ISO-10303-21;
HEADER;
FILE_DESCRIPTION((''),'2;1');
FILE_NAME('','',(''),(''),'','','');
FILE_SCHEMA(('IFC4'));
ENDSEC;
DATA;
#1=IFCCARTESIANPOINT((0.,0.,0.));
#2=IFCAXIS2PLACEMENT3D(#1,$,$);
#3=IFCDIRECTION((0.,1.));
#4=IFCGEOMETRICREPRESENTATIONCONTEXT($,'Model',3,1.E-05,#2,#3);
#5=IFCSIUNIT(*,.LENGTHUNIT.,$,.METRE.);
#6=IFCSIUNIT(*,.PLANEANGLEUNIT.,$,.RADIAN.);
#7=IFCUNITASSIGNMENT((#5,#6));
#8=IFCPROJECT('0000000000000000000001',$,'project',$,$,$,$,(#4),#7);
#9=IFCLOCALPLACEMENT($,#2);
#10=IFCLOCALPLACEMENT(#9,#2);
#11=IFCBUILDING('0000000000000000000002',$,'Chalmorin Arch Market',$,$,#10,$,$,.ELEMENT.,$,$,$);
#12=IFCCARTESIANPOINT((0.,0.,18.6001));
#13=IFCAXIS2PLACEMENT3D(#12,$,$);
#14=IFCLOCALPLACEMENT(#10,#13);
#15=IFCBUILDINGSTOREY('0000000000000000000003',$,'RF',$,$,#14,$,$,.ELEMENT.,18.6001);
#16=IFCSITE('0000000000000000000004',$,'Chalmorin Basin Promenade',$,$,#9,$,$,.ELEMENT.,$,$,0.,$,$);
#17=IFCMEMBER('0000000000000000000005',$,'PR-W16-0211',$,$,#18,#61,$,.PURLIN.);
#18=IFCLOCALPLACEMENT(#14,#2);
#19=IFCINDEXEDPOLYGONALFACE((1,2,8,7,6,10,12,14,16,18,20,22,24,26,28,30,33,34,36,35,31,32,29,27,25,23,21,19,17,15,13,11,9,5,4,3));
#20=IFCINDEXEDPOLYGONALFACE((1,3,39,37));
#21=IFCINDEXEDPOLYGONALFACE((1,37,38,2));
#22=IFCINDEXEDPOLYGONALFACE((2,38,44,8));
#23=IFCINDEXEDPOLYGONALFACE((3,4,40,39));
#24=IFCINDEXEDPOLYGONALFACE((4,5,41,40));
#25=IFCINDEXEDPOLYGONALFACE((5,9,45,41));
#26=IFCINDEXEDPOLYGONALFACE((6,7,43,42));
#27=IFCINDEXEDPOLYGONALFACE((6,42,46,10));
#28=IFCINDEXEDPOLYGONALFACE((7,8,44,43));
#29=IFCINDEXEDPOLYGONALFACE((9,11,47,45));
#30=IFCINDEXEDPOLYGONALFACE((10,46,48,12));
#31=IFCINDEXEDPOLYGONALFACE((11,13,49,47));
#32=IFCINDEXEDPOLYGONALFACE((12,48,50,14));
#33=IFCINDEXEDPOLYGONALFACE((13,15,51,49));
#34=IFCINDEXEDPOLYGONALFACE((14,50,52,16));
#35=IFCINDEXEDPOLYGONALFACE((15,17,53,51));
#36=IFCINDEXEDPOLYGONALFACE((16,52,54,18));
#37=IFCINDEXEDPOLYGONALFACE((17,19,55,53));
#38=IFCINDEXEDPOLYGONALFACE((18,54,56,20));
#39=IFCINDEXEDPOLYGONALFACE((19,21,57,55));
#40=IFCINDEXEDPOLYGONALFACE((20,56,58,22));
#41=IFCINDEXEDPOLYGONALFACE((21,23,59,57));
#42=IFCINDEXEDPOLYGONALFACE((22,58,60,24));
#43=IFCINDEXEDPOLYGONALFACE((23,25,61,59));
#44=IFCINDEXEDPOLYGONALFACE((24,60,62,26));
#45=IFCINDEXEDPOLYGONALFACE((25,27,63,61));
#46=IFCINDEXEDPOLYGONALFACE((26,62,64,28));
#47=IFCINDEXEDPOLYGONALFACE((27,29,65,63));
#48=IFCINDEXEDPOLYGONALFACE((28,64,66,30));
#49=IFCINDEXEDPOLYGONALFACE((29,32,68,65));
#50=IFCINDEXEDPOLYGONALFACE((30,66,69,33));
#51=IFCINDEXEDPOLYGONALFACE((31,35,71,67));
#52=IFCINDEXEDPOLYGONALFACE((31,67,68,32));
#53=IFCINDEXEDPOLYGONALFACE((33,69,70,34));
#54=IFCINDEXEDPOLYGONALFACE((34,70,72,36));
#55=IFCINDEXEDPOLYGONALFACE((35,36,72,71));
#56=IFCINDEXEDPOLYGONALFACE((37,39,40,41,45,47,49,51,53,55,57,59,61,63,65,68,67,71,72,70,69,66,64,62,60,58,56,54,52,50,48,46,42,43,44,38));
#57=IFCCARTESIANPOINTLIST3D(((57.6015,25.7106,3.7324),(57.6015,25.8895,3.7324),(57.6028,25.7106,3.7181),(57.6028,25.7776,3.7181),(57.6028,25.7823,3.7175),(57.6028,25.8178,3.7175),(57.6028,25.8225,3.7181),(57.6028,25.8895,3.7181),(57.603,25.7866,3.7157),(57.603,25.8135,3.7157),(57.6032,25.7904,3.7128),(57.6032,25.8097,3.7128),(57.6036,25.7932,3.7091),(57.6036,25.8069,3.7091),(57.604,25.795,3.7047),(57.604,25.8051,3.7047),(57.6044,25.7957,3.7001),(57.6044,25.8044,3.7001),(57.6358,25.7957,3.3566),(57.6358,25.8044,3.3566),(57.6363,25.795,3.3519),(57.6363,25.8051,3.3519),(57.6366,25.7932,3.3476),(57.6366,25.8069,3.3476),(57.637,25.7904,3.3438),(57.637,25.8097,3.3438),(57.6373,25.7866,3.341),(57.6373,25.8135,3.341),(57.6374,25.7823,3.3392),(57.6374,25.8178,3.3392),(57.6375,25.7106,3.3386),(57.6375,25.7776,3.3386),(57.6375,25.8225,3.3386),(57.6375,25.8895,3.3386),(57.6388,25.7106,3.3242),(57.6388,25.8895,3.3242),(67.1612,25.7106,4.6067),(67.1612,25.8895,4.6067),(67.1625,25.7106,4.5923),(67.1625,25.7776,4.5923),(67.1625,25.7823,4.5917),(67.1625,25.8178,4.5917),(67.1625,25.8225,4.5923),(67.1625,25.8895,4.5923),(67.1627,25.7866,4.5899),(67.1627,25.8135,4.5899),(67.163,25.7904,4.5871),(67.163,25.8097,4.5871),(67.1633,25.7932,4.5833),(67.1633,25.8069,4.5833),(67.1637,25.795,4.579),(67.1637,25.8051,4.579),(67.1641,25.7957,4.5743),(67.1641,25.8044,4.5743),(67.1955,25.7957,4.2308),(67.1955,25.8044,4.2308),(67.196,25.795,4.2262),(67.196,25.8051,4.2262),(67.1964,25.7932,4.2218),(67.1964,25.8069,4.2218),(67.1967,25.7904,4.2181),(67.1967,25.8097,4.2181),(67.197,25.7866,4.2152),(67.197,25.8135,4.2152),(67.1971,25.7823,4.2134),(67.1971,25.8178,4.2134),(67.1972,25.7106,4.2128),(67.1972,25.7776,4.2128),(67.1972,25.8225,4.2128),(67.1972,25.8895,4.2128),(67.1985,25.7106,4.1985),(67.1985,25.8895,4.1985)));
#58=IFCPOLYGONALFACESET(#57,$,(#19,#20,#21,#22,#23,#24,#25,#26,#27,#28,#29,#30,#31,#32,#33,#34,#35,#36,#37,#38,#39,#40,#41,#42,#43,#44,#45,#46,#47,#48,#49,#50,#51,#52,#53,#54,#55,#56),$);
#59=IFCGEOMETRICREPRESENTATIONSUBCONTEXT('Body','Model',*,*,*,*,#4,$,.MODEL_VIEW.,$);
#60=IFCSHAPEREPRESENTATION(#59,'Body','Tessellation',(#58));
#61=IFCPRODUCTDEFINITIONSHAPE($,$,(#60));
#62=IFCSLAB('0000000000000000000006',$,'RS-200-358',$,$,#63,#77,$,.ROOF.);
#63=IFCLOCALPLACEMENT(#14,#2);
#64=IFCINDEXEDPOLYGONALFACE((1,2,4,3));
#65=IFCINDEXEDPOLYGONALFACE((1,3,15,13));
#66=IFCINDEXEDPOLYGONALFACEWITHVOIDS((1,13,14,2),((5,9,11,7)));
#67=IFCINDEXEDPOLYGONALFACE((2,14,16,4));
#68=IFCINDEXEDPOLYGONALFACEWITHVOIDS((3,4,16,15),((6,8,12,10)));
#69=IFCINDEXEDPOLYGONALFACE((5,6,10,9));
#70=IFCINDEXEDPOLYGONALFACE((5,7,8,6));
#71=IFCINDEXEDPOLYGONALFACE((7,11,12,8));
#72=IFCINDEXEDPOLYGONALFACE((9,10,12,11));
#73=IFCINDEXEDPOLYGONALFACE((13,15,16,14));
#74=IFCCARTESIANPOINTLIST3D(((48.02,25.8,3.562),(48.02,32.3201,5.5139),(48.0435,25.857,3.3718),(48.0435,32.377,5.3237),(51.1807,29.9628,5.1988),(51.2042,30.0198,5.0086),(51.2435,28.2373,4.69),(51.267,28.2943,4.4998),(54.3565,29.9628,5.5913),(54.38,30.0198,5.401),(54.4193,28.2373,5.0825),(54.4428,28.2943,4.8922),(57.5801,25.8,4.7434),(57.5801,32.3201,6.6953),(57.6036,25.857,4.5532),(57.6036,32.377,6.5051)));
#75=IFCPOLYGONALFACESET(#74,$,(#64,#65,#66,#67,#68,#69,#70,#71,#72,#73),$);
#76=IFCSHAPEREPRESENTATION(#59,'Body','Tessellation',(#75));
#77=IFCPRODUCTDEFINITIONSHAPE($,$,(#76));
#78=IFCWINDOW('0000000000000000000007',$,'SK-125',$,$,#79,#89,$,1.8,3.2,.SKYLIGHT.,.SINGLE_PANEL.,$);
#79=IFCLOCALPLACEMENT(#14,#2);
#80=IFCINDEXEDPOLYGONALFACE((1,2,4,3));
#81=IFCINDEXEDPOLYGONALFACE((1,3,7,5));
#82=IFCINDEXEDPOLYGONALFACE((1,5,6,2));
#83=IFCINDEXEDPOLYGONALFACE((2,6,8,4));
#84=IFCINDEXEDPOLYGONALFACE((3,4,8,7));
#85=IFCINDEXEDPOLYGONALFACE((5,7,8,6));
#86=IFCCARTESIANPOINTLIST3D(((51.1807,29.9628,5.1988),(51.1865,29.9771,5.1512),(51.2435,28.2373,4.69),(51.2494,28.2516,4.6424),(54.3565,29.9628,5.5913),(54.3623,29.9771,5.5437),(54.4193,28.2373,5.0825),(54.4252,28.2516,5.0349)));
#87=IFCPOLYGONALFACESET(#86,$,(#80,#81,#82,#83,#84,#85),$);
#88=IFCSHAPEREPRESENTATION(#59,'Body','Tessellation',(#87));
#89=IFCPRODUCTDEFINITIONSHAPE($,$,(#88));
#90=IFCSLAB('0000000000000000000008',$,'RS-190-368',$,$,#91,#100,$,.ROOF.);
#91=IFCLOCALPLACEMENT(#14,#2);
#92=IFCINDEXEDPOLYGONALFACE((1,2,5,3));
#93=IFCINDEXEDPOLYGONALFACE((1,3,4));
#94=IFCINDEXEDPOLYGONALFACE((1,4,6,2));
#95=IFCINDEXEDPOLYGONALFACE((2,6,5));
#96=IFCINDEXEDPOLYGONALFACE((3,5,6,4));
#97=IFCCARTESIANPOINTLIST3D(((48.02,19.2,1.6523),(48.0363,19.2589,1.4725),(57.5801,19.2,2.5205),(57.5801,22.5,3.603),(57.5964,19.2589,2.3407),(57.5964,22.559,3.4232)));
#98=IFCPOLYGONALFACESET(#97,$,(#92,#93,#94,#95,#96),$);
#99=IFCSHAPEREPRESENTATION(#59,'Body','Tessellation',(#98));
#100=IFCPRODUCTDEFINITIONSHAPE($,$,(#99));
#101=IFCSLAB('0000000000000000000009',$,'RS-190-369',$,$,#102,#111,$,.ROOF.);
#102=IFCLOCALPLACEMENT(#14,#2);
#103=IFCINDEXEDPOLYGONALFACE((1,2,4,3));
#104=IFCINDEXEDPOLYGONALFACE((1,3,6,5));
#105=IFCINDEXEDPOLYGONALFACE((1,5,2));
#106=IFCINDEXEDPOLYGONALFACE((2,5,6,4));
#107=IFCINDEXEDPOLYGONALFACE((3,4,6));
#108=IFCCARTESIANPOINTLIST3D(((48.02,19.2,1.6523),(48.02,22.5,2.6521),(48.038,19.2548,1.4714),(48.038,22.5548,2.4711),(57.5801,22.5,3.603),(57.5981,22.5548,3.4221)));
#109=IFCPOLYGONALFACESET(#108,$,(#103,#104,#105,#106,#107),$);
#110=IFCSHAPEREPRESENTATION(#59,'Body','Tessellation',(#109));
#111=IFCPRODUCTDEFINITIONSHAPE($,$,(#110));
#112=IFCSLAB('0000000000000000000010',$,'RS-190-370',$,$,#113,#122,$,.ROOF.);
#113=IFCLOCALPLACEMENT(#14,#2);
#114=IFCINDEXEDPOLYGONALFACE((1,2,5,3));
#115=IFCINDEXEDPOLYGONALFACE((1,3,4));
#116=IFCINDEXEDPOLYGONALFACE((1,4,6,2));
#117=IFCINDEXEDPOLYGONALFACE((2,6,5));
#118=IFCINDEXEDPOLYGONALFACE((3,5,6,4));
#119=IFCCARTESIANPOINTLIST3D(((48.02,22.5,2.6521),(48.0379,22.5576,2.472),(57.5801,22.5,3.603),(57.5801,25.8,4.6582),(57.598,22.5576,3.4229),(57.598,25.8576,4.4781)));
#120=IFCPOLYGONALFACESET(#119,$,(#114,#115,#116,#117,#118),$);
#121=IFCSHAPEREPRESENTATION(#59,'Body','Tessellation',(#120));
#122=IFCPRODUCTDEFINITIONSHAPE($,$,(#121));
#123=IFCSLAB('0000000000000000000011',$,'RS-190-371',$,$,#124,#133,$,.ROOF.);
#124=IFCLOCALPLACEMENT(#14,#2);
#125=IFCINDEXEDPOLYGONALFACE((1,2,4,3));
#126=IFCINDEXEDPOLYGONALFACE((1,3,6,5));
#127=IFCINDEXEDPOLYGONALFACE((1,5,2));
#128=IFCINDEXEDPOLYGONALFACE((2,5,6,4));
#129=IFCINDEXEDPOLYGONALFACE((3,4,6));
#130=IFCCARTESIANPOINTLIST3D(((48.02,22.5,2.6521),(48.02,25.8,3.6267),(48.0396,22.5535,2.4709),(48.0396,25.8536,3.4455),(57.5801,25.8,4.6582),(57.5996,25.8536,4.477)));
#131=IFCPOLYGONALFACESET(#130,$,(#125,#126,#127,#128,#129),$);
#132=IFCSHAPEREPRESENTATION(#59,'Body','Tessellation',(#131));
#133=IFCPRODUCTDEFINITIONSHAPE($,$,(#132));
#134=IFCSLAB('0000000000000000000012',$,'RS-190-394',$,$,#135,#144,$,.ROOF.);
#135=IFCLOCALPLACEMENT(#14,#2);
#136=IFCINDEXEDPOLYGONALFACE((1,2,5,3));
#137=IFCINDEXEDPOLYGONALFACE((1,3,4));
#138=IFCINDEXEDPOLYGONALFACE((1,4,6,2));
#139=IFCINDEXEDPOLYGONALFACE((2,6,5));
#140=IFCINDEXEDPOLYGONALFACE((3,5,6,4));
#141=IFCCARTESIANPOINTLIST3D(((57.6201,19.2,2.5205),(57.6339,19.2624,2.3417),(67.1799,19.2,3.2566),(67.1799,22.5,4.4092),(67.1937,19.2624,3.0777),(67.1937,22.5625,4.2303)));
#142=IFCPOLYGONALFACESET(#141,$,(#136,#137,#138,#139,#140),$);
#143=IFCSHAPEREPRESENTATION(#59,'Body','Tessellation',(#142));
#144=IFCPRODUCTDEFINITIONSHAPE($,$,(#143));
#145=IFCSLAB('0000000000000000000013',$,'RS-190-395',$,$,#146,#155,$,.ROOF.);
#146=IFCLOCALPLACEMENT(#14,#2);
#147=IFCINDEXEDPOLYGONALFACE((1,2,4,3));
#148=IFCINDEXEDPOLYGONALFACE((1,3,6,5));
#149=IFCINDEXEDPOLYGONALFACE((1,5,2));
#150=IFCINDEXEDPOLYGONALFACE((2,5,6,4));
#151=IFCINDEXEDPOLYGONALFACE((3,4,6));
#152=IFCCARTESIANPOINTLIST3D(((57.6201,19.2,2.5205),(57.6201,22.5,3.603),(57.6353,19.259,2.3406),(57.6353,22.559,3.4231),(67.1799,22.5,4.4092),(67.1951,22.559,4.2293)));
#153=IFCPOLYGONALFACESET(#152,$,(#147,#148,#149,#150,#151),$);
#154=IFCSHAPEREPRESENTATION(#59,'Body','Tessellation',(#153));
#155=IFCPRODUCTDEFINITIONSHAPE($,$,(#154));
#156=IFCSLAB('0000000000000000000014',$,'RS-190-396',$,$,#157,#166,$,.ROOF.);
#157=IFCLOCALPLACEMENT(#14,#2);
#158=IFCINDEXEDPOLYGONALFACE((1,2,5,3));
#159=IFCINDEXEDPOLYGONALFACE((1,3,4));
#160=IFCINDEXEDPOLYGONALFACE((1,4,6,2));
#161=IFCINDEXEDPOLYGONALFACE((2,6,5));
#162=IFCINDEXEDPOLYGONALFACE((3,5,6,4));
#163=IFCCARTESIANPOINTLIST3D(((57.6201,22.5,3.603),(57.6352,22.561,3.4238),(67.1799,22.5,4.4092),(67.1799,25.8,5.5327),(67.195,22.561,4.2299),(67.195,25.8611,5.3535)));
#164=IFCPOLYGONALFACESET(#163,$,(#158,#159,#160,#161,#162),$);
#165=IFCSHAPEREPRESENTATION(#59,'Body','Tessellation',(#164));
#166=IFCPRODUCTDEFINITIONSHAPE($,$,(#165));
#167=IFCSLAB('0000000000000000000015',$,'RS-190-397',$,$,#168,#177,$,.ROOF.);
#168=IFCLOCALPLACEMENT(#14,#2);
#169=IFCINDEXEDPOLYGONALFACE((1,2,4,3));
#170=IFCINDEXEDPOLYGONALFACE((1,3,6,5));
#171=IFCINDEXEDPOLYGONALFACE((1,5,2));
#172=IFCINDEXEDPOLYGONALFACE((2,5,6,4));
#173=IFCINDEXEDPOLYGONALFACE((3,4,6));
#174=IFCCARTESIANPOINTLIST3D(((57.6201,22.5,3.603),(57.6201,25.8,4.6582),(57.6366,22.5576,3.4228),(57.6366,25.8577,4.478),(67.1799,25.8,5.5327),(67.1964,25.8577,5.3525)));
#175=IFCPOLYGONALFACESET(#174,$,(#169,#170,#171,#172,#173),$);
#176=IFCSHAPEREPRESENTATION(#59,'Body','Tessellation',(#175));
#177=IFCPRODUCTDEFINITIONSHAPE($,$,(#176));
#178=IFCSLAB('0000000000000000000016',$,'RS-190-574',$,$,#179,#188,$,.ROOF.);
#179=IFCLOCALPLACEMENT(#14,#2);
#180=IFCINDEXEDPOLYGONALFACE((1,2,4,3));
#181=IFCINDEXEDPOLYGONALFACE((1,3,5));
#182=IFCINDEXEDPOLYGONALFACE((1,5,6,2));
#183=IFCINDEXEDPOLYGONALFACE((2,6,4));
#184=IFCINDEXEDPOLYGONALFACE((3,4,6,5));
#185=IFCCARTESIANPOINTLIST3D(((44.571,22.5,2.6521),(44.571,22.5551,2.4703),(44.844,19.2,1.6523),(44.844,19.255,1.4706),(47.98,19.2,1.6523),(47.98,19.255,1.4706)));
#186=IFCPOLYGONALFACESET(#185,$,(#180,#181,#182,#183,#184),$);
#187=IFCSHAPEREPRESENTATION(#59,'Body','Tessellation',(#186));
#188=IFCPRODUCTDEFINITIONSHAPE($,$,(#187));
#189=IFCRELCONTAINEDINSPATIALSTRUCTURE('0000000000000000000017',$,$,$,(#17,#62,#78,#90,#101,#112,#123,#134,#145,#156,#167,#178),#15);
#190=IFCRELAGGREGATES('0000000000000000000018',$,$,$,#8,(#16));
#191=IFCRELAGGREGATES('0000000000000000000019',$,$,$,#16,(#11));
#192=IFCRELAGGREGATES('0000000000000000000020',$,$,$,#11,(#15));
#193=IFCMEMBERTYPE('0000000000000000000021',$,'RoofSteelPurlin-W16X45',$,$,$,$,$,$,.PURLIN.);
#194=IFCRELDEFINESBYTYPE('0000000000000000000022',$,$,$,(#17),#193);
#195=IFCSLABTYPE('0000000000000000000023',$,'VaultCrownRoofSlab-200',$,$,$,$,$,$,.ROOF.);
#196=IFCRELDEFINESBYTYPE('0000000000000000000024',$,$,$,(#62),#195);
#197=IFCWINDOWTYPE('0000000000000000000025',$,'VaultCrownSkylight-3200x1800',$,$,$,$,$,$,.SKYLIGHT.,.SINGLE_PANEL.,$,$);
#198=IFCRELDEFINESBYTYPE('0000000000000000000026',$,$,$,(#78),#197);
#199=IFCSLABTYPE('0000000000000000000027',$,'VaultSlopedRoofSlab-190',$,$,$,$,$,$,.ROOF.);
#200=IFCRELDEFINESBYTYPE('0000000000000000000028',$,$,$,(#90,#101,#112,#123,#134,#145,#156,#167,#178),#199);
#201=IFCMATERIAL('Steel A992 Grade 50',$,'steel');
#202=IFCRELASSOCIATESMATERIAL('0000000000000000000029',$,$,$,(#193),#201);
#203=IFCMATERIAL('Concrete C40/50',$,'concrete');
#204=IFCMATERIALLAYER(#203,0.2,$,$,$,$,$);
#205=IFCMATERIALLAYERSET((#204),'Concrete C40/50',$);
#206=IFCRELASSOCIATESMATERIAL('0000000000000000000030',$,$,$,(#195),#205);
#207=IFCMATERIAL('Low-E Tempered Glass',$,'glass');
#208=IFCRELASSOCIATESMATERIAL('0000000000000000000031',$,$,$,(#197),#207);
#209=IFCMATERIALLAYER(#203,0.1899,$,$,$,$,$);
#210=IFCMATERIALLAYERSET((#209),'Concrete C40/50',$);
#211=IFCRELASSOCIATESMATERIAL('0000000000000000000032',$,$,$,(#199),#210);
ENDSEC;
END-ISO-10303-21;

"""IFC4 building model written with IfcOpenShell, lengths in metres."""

from ifc_helpers import new_model, si_unit, direction, frame, origin, origin_2d, place, context, subcontext, project, spatial, polyline, rectangle, i_section, outline, extrude, material, layer, layer_set, material_profile, profile_set, type_object, element, fill, save


model = new_model("IFC4")

# Units and contexts
model_context = context("Model", 3, precision=1e-05, world=origin(), true_north=direction((0.0, 1.0)))
body_context = subcontext(model_context, "Body", "Model", "MODEL_VIEW")
ifc_project = project(units=[si_unit("LENGTHUNIT", "METRE"), si_unit("PLANEANGLEUNIT", "RADIAN")], contexts=[model_context])

# Site, building, storey
site_placement = place(None, origin())
site = spatial("IfcSite", under=ifc_project, at=site_placement, Name="Chalmorin Basin Promenade", CompositionType="ELEMENT", RefElevation=0.0)
building_placement = place(site_placement, origin())
building = spatial("IfcBuilding", under=site, at=building_placement, Name="Chalmorin Arch Market", CompositionType="ELEMENT")
storey_placement = place(building_placement, frame((0.0, 0.0, 18.6001)))
storey = spatial("IfcBuildingStorey", under=building, at=storey_placement, Name="RF", CompositionType="ELEMENT", Elevation=18.6001)

# Member
ifc_material_1 = material(Name="Steel A992 Grade 50", Category="steel")
ifc_material_profile_1 = material_profile(ifc_material_1, i_section(OverallWidth=0.179, OverallDepth=0.4099, WebThickness=0.0088, FlangeThickness=0.0144, FilletRadius=0.0181, at=origin_2d()), Name="W16X45")
ifc_profile_set_1 = profile_set([ifc_material_profile_1], Name="Steel A992 Grade 50")
member_type_1 = type_object("IfcMemberType", Name="RoofSteelPurlin-W16X45", PredefinedType="PURLIN", material=ifc_profile_set_1)
member_1_placement = place(storey_placement, frame((57.6201, 25.8, 3.5283), z_axis=(0.995844, 0.0, 0.091072), x_axis=(0.0, 1.0, 0.0)))
element("IfcMember", 1, at=member_1_placement, inside=storey, type_object=member_type_1, Name="PR-W16-0211", PredefinedType="PURLIN", context=body_context, shape_type="SweptSolid", body=[
    extrude(i_section(OverallWidth=0.179, OverallDepth=0.4099, WebThickness=0.0088, FlangeThickness=0.0144, FilletRadius=0.0181, at=origin_2d()), origin(), (0.0, 0.0, 1.0), 9.5996),
])

# Slab, opening, window
ifc_material_2 = material(Name="Concrete C40/50", Category="concrete")
ifc_layer_1 = layer(ifc_material_2, 0.2)
ifc_layer_set_1 = layer_set([ifc_layer_1], Name="Concrete C40/50")
slab_type_1 = type_object("IfcSlabType", Name="VaultCrownRoofSlab-200", PredefinedType="ROOF", material=ifc_layer_set_1)
slab_1_placement = place(storey_placement, frame((48.02, 25.8, 3.562), z_axis=(-0.117564, -0.284806, 0.951349), x_axis=(0.992451, 0.0, 0.122643)))
slab_1 = element("IfcSlab", 2, at=slab_1_placement, inside=storey, type_object=slab_type_1, Name="RS-200-358", PredefinedType="ROOF", context=body_context, shape_type="SweptSolid", body=[
    extrude(outline(polyline([(0.0, 0.0), (9.6328, 0.0), (9.8722, 6.8017), (0.2394, 6.8017), (0.0, 0.0)])), origin(), (0.0, 0.0, -1.0), 0.2),
])
opening_placement = place(slab_1_placement, frame((4.9375, 3.4426, -0.2148)))
opening = element("IfcOpeningElement", 3, at=opening_placement, cuts=slab_1, PredefinedType="OPENING", context=body_context, shape_type="SweptSolid", body=[
    extrude(rectangle(XDim=3.2, YDim=1.8, at=origin_2d()), origin(), (0.0, 0.0, 1.0), 0.23),
])
ifc_material_3 = material(Name="Low-E Tempered Glass", Category="glass")
window_type = type_object("IfcWindowType", Name="VaultCrownSkylight-3200x1800", PartitioningType="SINGLE_PANEL", PredefinedType="SKYLIGHT", material=ifc_material_3)
window_placement = place(slab_1_placement, frame((4.9375, 3.4426, -0.05)))
window = element("IfcWindow", 4, at=window_placement, inside=storey, type_object=window_type, Name="SK-125", OverallHeight=1.8, OverallWidth=3.2, PartitioningType="SINGLE_PANEL", PredefinedType="SKYLIGHT", context=body_context, shape_type="SweptSolid", body=[
    extrude(rectangle(XDim=3.2, YDim=1.8, at=origin_2d()), origin(), (0.0, 0.0, 1.0), 0.05),
])
fill(opening, window)

# Slabs
ifc_layer_2 = layer(ifc_material_2, 0.1899)
ifc_layer_set_2 = layer_set([ifc_layer_2], Name="Concrete C40/50")
slab_type_2 = type_object("IfcSlabType", Name="VaultSlopedRoofSlab-190", PredefinedType="ROOF", material=ifc_layer_set_2)
slab_2_placement = place(storey_placement, frame((48.02, 19.2, 1.6523), z_axis=(-0.085968, -0.310536, 0.946666), x_axis=(0.995902, 0.0, 0.090439)))
element("IfcSlab", 5, at=slab_2_placement, inside=storey, type_object=slab_type_2, Name="RS-190-368", PredefinedType="ROOF", context=body_context, shape_type="SweptSolid", body=[
    extrude(outline(polyline([(0.0, 0.0), (9.5994, 0.0), (9.6973, 3.4717), (0.0, 0.0)])), origin(), (0.0, 0.0, -1.0), 0.1899),
])
slab_3_placement = place(storey_placement, frame((48.02, 19.2, 1.6523), z_axis=(-0.094768, -0.288634, 0.952738), x_axis=(0.92816, 0.320393, 0.189387)))
element("IfcSlab", 6, at=slab_3_placement, inside=storey, type_object=slab_type_2, Name="RS-190-369", PredefinedType="ROOF", context=body_context, shape_type="SweptSolid", body=[
    extrude(outline(polyline([(0.0, 0.0), (10.3, 0.0), (1.2467, 3.2149), (0.0, 0.0)])), origin(), (0.0, 0.0, -1.0), 0.1899),
])
slab_4_placement = place(storey_placement, frame((48.02, 22.5, 2.6521), z_axis=(-0.094321, -0.303198, 0.948248), x_axis=(0.995089, 0.0, 0.09898)))
element("IfcSlab", 7, at=slab_4_placement, inside=storey, type_object=slab_type_2, Name="RS-190-370", PredefinedType="ROOF", context=body_context, shape_type="SweptSolid", body=[
    extrude(outline(polyline([(0.0, 0.0), (9.6072, 0.0), (9.7117, 3.4631), (0.0, 0.0)])), origin(), (0.0, 0.0, -1.0), 0.1899),
])
slab_5_placement = place(storey_placement, frame((48.02, 22.5, 2.6521), z_axis=(-0.102928, -0.281734, 0.953956), x_axis=(0.927202, 0.320062, 0.194566)))
element("IfcSlab", 8, at=slab_5_placement, inside=storey, type_object=slab_type_2, Name="RS-190-371", PredefinedType="ROOF", context=body_context, shape_type="SweptSolid", body=[
    extrude(outline(polyline([(0.0, 0.0), (10.3106, 0.0), (1.2458, 3.2075), (0.0, 0.0)])), origin(), (0.0, 0.0, -1.0), 0.1899),
])
slab_6_placement = place(storey_placement, frame((57.6201, 19.2, 2.5205), z_axis=(-0.0725, -0.328864, 0.94159), x_axis=(0.997049, 0.0, 0.07677)))
element("IfcSlab", 9, at=slab_6_placement, inside=storey, type_object=slab_type_2, Name="RS-190-394", PredefinedType="ROOF", context=body_context, shape_type="SweptSolid", body=[
    extrude(outline(polyline([(0.0, 0.0), (9.5881, 0.0), (9.6766, 3.4944), (0.0, 0.0)])), origin(), (0.0, 0.0, -1.0), 0.1899),
])
slab_7_placement = place(storey_placement, frame((57.6201, 19.2, 2.5205), z_axis=(-0.07987, -0.310694, 0.947148), x_axis=(0.9292, 0.32076, 0.183576)))
element("IfcSlab", 10, at=slab_7_placement, inside=storey, type_object=slab_type_2, Name="RS-190-395", PredefinedType="ROOF", context=body_context, shape_type="SweptSolid", body=[
    extrude(outline(polyline([(0.0, 0.0), (10.2882, 0.0), (1.2572, 3.2375), (0.0, 0.0)])), origin(), (0.0, 0.0, -1.0), 0.1899),
])
slab_8_placement = place(storey_placement, frame((57.6201, 22.5, 3.603), z_axis=(-0.079574, -0.321271, 0.943638), x_axis=(0.996463, 0.0, 0.084029)))
element("IfcSlab", 11, at=slab_8_placement, inside=storey, type_object=slab_type_2, Name="RS-190-396", PredefinedType="ROOF", context=body_context, shape_type="SweptSolid", body=[
    extrude(outline(polyline([(0.0, 0.0), (9.5937, 0.0), (9.6882, 3.4848), (0.0, 0.0)])), origin(), (0.0, 0.0, -1.0), 0.1899),
])
slab_9_placement = place(storey_placement, frame((57.6201, 22.5, 3.603), z_axis=(-0.086803, -0.303406, 0.948899), x_axis=(0.928513, 0.320523, 0.187424)))
element("IfcSlab", 12, at=slab_9_placement, inside=storey, type_object=slab_type_2, Name="RS-190-397", PredefinedType="ROOF", context=body_context, shape_type="SweptSolid", body=[
    extrude(outline(polyline([(0.0, 0.0), (10.2958, 0.0), (1.2555, 3.2292), (0.0, 0.0)])), origin(), (0.0, 0.0, -1.0), 0.1899),
])
slab_10_placement = place(storey_placement, frame((44.571, 22.5, 2.6521), z_axis=(0.0, -0.289939, 0.957045), x_axis=(0.078911, -0.954061, -0.289034)))
element("IfcSlab", 13, at=slab_10_placement, inside=storey, type_object=slab_type_2, Name="RS-190-574", PredefinedType="ROOF", context=body_context, shape_type="SweptSolid", body=[
    extrude(outline(polyline([(0.0, 0.0), (3.459, 0.0), (3.7064, 3.1262), (0.0, 0.0)])), origin(), (0.0, 0.0, -1.0), 0.1899),
])

save(model, "model.ifc")
